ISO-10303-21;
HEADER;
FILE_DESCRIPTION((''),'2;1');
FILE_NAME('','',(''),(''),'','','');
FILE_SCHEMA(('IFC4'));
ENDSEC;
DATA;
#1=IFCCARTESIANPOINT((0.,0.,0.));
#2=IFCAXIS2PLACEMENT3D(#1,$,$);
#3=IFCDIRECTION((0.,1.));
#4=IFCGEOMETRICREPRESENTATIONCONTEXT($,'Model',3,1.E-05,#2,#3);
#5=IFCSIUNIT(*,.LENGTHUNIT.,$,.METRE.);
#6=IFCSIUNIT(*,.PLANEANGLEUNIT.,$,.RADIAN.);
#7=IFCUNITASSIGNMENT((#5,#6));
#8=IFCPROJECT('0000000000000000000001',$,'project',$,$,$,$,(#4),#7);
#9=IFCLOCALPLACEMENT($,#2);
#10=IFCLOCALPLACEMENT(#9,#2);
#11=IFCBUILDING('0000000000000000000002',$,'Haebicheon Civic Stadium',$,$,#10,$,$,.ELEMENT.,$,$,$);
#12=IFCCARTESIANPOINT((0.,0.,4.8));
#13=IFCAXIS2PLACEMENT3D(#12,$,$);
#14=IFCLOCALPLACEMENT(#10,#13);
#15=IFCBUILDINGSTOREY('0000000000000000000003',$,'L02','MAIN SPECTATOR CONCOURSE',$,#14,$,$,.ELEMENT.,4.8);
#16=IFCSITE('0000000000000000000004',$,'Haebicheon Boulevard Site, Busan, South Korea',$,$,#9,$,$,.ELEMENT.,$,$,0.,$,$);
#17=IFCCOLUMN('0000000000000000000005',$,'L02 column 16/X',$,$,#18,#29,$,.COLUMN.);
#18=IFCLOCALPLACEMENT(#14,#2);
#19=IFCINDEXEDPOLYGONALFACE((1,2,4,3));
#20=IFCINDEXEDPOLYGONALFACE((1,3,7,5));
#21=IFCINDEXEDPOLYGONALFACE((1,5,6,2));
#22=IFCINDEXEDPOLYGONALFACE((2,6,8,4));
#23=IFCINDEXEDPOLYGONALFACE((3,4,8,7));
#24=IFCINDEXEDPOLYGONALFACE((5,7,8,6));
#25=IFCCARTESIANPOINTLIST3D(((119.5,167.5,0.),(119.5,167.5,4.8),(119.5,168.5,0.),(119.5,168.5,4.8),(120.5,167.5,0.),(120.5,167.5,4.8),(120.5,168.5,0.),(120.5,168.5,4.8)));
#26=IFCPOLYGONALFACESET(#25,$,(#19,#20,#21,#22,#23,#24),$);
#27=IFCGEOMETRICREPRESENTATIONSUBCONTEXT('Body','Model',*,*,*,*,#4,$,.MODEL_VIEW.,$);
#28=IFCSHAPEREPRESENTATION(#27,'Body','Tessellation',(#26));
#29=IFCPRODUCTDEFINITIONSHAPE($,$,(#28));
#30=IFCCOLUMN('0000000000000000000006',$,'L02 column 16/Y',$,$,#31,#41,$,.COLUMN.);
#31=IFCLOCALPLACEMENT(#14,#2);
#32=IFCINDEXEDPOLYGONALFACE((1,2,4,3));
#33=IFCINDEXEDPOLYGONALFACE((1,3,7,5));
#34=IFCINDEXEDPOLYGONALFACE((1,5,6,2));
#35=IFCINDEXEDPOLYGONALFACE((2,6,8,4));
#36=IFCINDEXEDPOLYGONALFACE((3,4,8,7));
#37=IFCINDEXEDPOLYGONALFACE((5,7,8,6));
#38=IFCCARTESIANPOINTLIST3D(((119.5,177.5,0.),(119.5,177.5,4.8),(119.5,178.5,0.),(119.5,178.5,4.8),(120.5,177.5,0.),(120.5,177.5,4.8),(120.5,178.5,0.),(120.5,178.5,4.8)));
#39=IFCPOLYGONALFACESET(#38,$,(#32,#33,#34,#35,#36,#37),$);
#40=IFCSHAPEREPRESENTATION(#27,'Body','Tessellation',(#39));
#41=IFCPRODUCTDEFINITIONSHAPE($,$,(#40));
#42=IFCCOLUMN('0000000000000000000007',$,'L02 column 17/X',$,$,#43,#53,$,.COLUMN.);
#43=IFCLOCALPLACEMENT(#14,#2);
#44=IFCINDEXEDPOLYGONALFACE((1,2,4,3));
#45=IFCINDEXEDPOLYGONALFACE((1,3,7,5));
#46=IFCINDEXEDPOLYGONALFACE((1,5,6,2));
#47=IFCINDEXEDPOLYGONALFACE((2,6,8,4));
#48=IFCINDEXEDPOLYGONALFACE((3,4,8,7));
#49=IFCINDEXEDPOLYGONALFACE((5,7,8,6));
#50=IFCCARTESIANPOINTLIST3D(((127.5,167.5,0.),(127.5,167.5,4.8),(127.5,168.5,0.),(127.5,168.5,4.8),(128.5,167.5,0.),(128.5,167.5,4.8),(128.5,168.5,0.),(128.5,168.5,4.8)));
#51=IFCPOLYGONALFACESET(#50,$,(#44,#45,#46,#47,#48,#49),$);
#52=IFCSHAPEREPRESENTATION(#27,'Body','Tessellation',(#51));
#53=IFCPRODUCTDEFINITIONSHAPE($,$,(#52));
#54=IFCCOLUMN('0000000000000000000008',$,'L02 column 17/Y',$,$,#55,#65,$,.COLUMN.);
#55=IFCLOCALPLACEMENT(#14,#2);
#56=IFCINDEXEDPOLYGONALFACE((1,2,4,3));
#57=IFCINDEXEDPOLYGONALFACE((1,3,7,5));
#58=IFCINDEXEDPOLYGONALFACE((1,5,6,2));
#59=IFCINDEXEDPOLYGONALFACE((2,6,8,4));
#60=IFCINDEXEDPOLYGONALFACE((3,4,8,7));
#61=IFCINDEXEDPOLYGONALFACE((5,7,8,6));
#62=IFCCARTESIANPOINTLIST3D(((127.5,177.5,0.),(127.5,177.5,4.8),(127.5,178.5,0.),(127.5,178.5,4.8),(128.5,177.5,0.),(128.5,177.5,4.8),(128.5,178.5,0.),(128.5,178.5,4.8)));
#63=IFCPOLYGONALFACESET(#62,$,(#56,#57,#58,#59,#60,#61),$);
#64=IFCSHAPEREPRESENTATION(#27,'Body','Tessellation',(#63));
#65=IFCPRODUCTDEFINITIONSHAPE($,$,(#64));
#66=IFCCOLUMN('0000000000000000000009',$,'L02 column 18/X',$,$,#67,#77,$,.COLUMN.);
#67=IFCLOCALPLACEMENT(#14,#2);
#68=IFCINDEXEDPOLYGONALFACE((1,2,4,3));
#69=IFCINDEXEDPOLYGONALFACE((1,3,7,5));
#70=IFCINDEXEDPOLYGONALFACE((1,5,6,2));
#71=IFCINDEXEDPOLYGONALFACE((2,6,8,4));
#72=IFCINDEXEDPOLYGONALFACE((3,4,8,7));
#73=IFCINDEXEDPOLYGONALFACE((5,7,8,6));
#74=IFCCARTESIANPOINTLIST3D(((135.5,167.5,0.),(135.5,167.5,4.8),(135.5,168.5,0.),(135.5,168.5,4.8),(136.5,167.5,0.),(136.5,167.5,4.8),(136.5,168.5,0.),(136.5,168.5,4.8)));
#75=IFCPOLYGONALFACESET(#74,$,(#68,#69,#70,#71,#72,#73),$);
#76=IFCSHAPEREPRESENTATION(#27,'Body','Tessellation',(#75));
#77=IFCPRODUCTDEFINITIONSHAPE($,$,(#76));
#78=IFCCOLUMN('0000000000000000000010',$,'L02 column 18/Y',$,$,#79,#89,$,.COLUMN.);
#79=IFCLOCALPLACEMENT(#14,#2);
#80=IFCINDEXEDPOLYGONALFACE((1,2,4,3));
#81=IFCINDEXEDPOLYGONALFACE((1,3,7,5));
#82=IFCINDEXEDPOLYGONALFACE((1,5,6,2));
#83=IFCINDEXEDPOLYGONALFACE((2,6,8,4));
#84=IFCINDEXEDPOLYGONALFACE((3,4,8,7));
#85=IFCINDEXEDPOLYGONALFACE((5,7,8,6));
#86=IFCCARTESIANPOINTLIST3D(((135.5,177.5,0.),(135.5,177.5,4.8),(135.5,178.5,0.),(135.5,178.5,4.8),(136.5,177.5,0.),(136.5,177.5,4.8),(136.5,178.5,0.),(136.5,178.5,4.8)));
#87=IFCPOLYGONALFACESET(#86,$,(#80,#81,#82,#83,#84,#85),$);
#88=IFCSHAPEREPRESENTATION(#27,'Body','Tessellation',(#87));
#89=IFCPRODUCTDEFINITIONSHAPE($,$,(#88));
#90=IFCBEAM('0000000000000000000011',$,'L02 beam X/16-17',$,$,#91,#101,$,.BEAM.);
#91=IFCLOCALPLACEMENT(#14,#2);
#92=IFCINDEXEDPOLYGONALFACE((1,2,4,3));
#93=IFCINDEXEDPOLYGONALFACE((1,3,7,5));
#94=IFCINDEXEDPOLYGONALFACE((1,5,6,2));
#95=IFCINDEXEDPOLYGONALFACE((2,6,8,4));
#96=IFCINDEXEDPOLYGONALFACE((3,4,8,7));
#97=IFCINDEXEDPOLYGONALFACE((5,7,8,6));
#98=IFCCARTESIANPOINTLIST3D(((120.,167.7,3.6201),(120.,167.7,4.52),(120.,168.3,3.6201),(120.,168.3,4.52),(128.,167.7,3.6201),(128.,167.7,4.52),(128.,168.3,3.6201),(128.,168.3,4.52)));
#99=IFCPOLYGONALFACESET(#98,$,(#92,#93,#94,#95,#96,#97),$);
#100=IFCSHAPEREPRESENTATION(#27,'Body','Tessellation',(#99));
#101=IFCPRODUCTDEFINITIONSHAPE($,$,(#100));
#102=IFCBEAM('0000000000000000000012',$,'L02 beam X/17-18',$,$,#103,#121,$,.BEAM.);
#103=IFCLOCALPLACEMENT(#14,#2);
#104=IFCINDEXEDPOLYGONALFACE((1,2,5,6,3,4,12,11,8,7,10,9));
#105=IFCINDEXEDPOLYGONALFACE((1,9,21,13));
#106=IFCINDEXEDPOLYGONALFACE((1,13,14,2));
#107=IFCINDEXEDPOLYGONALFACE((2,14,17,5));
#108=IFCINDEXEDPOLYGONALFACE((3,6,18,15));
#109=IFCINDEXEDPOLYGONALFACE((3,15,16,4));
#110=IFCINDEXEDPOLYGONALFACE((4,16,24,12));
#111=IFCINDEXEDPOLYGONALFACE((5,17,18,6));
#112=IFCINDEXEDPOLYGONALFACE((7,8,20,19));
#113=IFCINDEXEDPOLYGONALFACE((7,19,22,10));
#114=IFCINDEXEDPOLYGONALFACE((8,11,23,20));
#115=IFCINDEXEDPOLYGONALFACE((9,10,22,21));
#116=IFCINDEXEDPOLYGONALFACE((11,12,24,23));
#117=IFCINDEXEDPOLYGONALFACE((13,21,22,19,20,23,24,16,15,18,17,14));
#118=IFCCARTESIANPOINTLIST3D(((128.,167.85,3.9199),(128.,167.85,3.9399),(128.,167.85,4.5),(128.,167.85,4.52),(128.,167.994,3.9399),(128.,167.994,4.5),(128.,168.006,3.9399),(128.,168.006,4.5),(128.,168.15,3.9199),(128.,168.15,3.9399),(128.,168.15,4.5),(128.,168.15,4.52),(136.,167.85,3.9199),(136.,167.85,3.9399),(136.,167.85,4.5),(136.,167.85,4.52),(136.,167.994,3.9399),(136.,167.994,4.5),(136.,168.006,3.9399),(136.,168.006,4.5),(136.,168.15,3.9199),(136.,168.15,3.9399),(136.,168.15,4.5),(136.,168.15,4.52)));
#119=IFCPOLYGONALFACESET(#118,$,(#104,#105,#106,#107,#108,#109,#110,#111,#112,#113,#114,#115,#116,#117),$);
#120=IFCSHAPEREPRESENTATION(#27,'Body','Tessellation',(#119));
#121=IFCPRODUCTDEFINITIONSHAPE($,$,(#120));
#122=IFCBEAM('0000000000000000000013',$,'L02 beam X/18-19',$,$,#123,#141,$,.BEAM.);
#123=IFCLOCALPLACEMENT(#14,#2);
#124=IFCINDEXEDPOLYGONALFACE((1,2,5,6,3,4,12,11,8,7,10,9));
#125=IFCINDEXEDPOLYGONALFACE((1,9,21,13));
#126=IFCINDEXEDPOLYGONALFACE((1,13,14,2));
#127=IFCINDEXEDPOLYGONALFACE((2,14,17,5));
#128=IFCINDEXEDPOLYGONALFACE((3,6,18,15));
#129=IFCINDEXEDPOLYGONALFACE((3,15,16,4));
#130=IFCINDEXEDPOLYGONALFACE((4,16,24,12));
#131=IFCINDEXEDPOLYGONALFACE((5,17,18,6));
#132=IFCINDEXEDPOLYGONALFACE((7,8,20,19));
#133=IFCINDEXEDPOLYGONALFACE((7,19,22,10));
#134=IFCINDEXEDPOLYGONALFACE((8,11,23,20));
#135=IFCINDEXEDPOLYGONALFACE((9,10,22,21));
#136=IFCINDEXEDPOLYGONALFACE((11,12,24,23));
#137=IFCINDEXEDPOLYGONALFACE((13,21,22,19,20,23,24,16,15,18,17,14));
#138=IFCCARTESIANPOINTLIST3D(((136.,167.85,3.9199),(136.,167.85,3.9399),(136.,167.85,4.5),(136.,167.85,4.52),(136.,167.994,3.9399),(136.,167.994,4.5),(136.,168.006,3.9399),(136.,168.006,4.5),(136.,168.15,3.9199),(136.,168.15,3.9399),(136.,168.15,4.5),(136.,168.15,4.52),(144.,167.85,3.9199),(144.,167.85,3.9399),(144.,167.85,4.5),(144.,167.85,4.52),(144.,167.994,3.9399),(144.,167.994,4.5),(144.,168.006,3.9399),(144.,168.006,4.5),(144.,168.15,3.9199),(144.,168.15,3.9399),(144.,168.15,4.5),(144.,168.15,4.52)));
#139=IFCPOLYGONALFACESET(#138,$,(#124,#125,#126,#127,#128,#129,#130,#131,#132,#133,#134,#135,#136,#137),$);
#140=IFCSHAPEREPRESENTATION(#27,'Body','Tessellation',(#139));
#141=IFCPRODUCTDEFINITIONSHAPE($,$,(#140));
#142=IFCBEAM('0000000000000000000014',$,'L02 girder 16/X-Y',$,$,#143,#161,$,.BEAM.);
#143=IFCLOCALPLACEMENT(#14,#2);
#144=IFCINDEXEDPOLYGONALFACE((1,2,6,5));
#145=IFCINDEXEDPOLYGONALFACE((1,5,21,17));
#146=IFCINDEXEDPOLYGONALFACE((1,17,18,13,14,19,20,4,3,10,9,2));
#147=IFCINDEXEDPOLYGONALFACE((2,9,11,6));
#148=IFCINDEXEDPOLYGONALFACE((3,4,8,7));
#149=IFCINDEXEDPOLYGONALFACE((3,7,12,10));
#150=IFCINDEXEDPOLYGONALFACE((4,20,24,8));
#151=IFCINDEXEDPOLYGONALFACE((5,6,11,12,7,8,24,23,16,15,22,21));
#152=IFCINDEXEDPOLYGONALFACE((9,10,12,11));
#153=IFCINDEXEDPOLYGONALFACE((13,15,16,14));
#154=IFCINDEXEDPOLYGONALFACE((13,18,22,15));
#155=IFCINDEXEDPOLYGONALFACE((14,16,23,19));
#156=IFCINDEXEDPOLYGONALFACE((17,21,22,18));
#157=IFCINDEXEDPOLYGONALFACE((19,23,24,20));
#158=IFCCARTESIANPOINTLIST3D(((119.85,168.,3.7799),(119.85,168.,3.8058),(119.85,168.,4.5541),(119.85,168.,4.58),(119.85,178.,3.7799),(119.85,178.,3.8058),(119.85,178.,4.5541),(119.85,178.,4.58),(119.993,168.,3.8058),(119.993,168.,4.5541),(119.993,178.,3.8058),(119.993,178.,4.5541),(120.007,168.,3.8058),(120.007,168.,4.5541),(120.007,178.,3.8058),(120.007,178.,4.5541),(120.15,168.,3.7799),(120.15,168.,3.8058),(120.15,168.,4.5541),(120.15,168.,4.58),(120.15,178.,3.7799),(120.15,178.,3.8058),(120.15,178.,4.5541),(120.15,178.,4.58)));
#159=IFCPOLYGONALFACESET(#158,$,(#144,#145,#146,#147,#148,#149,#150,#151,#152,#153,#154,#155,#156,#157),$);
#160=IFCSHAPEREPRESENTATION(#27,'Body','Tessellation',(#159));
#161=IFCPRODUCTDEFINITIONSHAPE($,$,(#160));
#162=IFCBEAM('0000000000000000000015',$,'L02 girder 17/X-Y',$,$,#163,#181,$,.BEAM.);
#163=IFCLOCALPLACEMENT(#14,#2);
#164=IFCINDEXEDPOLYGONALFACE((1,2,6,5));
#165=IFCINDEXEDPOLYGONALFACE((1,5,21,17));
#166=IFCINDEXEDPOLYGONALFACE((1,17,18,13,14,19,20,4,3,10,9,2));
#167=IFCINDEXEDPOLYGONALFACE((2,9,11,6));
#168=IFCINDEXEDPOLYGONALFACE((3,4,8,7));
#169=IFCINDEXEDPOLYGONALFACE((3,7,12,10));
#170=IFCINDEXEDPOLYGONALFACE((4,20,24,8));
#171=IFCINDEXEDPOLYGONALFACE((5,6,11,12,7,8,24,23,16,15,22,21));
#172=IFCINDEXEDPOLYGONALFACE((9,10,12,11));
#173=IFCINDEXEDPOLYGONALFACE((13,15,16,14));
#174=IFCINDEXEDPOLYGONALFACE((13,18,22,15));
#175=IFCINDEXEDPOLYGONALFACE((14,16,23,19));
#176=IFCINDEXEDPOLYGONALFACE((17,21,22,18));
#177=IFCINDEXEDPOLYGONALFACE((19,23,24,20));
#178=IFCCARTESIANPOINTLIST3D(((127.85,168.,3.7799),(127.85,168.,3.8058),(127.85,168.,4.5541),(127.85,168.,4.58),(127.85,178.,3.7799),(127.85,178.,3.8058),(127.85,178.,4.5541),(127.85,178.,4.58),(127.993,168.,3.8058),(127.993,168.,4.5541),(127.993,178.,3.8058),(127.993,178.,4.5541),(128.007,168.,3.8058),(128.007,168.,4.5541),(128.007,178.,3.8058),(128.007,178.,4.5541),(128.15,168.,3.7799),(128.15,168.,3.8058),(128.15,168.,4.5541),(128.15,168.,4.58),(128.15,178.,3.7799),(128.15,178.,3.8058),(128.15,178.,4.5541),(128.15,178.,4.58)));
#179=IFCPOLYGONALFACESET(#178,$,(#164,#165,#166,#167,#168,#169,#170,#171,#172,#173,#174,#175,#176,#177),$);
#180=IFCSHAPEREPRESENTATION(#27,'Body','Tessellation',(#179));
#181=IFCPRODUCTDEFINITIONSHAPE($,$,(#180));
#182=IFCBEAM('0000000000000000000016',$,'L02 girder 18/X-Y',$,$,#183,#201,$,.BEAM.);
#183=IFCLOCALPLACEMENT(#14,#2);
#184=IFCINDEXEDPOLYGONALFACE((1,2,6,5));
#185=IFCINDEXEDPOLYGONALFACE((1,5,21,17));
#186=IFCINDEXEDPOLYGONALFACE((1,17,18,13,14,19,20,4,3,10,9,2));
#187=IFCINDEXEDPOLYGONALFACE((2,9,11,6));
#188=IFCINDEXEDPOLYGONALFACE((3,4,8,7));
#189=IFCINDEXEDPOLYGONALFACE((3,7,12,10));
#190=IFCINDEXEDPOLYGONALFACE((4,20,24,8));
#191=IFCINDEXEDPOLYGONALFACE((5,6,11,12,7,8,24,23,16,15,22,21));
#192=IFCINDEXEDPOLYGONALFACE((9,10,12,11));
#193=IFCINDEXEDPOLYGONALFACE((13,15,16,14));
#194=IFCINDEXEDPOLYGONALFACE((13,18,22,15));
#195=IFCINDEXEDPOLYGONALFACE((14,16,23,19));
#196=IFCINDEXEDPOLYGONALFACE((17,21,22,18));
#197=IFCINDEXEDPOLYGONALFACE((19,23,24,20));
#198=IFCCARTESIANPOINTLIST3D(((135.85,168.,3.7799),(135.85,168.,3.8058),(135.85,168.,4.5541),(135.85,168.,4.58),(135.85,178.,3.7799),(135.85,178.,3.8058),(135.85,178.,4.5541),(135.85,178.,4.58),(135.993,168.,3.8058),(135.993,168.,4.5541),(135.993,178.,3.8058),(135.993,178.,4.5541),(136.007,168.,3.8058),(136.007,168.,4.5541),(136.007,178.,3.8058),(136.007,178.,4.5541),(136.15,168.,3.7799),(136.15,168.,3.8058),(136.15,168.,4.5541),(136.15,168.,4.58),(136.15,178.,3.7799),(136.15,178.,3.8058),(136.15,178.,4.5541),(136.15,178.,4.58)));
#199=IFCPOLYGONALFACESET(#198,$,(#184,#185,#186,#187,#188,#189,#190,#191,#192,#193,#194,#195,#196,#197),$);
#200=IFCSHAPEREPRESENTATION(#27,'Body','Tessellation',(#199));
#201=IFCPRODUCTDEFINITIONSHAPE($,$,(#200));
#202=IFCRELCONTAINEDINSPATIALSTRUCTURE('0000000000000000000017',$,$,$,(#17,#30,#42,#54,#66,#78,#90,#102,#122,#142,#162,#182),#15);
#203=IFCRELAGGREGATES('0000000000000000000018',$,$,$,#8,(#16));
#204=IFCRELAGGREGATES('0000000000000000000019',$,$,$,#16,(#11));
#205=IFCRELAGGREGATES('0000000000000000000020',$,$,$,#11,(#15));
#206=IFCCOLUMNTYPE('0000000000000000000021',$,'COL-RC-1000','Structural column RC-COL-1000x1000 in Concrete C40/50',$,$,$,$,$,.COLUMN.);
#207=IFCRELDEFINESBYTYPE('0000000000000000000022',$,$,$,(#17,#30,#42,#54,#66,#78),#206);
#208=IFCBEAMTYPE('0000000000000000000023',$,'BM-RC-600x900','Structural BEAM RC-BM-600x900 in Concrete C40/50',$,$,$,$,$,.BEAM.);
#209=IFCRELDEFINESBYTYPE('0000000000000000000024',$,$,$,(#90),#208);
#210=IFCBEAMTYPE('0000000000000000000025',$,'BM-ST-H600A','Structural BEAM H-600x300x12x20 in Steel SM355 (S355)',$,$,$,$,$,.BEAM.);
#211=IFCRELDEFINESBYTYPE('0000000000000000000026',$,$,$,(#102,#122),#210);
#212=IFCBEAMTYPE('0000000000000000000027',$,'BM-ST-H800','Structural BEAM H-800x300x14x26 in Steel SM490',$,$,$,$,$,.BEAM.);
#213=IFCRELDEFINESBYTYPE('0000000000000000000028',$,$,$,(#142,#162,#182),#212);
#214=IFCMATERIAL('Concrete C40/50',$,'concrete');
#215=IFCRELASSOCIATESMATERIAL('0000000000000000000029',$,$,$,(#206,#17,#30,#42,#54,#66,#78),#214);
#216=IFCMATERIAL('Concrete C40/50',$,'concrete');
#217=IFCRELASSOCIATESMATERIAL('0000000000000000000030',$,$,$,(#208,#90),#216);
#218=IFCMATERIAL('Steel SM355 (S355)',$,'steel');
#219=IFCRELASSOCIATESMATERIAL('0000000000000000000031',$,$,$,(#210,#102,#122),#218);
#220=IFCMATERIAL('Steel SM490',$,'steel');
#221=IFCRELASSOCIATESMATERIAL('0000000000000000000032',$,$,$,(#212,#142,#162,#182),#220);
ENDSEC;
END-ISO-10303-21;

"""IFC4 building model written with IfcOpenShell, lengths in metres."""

from ifc_helpers import new_model, si_unit, direction, frame, origin, origin_2d, place, context, subcontext, project, spatial, rectangle, i_section, extrude, material, material_profile, profile_set, type_object, element, save


model = new_model("IFC4")

# Units and contexts
model_context = context("Model", 3, precision=1e-05, world=origin(), true_north=direction((0.0, 1.0)))
body_context = subcontext(model_context, "Body", "Model", "MODEL_VIEW")
ifc_project = project(units=[si_unit("LENGTHUNIT", "METRE"), si_unit("PLANEANGLEUNIT", "RADIAN")], contexts=[model_context])

# Site, building, storey
site_placement = place(None, origin())
site = spatial("IfcSite", under=ifc_project, at=site_placement, Name="Haebicheon Boulevard Site, Busan, South Korea", CompositionType="ELEMENT", RefElevation=0.0)
building_placement = place(site_placement, origin())
building = spatial("IfcBuilding", under=site, at=building_placement, Name="Haebicheon Civic Stadium", CompositionType="ELEMENT")
storey_placement = place(building_placement, frame((0.0, 0.0, 4.8)))
storey = spatial("IfcBuildingStorey", under=building, at=storey_placement, Name="L02", Description="MAIN SPECTATOR CONCOURSE", CompositionType="ELEMENT", Elevation=4.8)

# Columns
ifc_material_1 = material(Name="Concrete C40/50", Category="concrete")
ifc_material_profile_1 = material_profile(ifc_material_1, rectangle(XDim=1.0, YDim=1.0, at=origin_2d()), Name="RC-COL-1000x1000")
ifc_profile_set_1 = profile_set([ifc_material_profile_1], Name="Concrete C40/50")
column_type = type_object("IfcColumnType", Name="COL-RC-1000", Description="Structural column RC-COL-1000x1000 in Concrete C40/50", PredefinedType="COLUMN", material=ifc_profile_set_1)
for number, where, z_axis, x_axis, name in (
    (1, (120.0, 168.0, 0.0), (0.0, 0.0, 1.0), (1.0, 0.0, 0.0), "L02 column 16/X"),
    (2, (120.0, 178.0, 0.0), (0.0, 0.0, 1.0), (1.0, 0.0, 0.0), "L02 column 16/Y"),
    (3, (128.0, 168.0, 0.0), (0.0, 0.0, 1.0), (1.0, 0.0, 0.0), "L02 column 17/X"),
    (4, (128.0, 178.0, 0.0), (0.0, 0.0, 1.0), (1.0, 0.0, 0.0), "L02 column 17/Y"),
    (5, (136.0, 168.0, 0.0), (0.0, 0.0, 1.0), (1.0, 0.0, 0.0), "L02 column 18/X"),
    (6, (136.0, 178.0, 0.0), (0.0, 0.0, 1.0), (1.0, 0.0, 0.0), "L02 column 18/Y"),
):
    element("IfcColumn", number, at=place(storey_placement, frame(where, z_axis=z_axis, x_axis=x_axis)), inside=storey, type_object=column_type, material=ifc_profile_set_1, Name=name, PredefinedType="COLUMN", context=body_context, shape_type="SweptSolid", body=[
        extrude(rectangle(XDim=1.0, YDim=1.0, at=origin_2d()), origin(), (0.0, 0.0, 1.0), 4.8),
    ])

# Beams
ifc_material_2 = material(Name="Concrete C40/50", Category="concrete")
ifc_material_profile_2 = material_profile(ifc_material_2, rectangle(XDim=0.6001, YDim=0.8999, at=origin_2d()), Name="RC-BM-600x900")
ifc_profile_set_2 = profile_set([ifc_material_profile_2], Name="Concrete C40/50")
beam_type_1 = type_object("IfcBeamType", Name="BM-RC-600x900", Description="Structural BEAM RC-BM-600x900 in Concrete C40/50", PredefinedType="BEAM", material=ifc_profile_set_2)
beam_placement = place(storey_placement, frame((120.0, 168.0, 4.0701), z_axis=(1.0, 0.0, 0.0), x_axis=(0.0, 1.0, 0.0)))
element("IfcBeam", 7, at=beam_placement, inside=storey, type_object=beam_type_1, material=ifc_profile_set_2, Name="L02 beam X/16-17", PredefinedType="BEAM", context=body_context, shape_type="SweptSolid", body=[
    extrude(rectangle(XDim=0.6001, YDim=0.8999, at=origin_2d()), origin(), (0.0, 0.0, 1.0), 8.0),
])
ifc_material_3 = material(Name="Steel SM355 (S355)", Category="steel")
ifc_material_profile_3 = material_profile(ifc_material_3, i_section(OverallWidth=0.3, OverallDepth=0.6001, WebThickness=0.012, FlangeThickness=0.02, at=origin_2d()), Name="H-600x300x12x20")
ifc_profile_set_3 = profile_set([ifc_material_profile_3], Name="Steel SM355 (S355)")
beam_type_2 = type_object("IfcBeamType", Name="BM-ST-H600A", Description="Structural BEAM H-600x300x12x20 in Steel SM355 (S355)", PredefinedType="BEAM", material=ifc_profile_set_3)
for number, where, z_axis, x_axis, name in (
    (8, (128.0, 168.0, 4.22), (1.0, 0.0, 0.0), (0.0, 1.0, 0.0), "L02 beam X/17-18"),
    (9, (136.0, 168.0, 4.22), (1.0, 0.0, 0.0), (0.0, 1.0, 0.0), "L02 beam X/18-19"),
):
    element("IfcBeam", number, at=place(storey_placement, frame(where, z_axis=z_axis, x_axis=x_axis)), inside=storey, type_object=beam_type_2, material=ifc_profile_set_3, Name=name, PredefinedType="BEAM", context=body_context, shape_type="SweptSolid", body=[
        extrude(i_section(OverallWidth=0.3, OverallDepth=0.6001, WebThickness=0.012, FlangeThickness=0.02, at=origin_2d()), origin(), (0.0, 0.0, 1.0), 8.0),
    ])
ifc_material_4 = material(Name="Steel SM490", Category="steel")
ifc_material_profile_4 = material_profile(ifc_material_4, i_section(OverallWidth=0.3, OverallDepth=0.8, WebThickness=0.0139, FlangeThickness=0.0259, at=origin_2d()), Name="H-800x300x14x26")
ifc_profile_set_4 = profile_set([ifc_material_profile_4], Name="Steel SM490")
beam_type_3 = type_object("IfcBeamType", Name="BM-ST-H800", Description="Structural BEAM H-800x300x14x26 in Steel SM490", PredefinedType="BEAM", material=ifc_profile_set_4)
for number, where, z_axis, x_axis, name in (
    (10, (120.0, 168.0, 4.1799), (0.0, 1.0, 0.0), (-1.0, 0.0, 0.0), "L02 girder 16/X-Y"),
    (11, (128.0, 168.0, 4.1799), (0.0, 1.0, 0.0), (-1.0, 0.0, 0.0), "L02 girder 17/X-Y"),
    (12, (136.0, 168.0, 4.1799), (0.0, 1.0, 0.0), (-1.0, 0.0, 0.0), "L02 girder 18/X-Y"),
):
    element("IfcBeam", number, at=place(storey_placement, frame(where, z_axis=z_axis, x_axis=x_axis)), inside=storey, type_object=beam_type_3, material=ifc_profile_set_4, Name=name, PredefinedType="BEAM", context=body_context, shape_type="SweptSolid", body=[
        extrude(i_section(OverallWidth=0.3, OverallDepth=0.8, WebThickness=0.0139, FlangeThickness=0.0259, at=origin_2d()), origin(), (0.0, 0.0, 1.0), 10.0),
    ])

save(model, "model.ifc")
